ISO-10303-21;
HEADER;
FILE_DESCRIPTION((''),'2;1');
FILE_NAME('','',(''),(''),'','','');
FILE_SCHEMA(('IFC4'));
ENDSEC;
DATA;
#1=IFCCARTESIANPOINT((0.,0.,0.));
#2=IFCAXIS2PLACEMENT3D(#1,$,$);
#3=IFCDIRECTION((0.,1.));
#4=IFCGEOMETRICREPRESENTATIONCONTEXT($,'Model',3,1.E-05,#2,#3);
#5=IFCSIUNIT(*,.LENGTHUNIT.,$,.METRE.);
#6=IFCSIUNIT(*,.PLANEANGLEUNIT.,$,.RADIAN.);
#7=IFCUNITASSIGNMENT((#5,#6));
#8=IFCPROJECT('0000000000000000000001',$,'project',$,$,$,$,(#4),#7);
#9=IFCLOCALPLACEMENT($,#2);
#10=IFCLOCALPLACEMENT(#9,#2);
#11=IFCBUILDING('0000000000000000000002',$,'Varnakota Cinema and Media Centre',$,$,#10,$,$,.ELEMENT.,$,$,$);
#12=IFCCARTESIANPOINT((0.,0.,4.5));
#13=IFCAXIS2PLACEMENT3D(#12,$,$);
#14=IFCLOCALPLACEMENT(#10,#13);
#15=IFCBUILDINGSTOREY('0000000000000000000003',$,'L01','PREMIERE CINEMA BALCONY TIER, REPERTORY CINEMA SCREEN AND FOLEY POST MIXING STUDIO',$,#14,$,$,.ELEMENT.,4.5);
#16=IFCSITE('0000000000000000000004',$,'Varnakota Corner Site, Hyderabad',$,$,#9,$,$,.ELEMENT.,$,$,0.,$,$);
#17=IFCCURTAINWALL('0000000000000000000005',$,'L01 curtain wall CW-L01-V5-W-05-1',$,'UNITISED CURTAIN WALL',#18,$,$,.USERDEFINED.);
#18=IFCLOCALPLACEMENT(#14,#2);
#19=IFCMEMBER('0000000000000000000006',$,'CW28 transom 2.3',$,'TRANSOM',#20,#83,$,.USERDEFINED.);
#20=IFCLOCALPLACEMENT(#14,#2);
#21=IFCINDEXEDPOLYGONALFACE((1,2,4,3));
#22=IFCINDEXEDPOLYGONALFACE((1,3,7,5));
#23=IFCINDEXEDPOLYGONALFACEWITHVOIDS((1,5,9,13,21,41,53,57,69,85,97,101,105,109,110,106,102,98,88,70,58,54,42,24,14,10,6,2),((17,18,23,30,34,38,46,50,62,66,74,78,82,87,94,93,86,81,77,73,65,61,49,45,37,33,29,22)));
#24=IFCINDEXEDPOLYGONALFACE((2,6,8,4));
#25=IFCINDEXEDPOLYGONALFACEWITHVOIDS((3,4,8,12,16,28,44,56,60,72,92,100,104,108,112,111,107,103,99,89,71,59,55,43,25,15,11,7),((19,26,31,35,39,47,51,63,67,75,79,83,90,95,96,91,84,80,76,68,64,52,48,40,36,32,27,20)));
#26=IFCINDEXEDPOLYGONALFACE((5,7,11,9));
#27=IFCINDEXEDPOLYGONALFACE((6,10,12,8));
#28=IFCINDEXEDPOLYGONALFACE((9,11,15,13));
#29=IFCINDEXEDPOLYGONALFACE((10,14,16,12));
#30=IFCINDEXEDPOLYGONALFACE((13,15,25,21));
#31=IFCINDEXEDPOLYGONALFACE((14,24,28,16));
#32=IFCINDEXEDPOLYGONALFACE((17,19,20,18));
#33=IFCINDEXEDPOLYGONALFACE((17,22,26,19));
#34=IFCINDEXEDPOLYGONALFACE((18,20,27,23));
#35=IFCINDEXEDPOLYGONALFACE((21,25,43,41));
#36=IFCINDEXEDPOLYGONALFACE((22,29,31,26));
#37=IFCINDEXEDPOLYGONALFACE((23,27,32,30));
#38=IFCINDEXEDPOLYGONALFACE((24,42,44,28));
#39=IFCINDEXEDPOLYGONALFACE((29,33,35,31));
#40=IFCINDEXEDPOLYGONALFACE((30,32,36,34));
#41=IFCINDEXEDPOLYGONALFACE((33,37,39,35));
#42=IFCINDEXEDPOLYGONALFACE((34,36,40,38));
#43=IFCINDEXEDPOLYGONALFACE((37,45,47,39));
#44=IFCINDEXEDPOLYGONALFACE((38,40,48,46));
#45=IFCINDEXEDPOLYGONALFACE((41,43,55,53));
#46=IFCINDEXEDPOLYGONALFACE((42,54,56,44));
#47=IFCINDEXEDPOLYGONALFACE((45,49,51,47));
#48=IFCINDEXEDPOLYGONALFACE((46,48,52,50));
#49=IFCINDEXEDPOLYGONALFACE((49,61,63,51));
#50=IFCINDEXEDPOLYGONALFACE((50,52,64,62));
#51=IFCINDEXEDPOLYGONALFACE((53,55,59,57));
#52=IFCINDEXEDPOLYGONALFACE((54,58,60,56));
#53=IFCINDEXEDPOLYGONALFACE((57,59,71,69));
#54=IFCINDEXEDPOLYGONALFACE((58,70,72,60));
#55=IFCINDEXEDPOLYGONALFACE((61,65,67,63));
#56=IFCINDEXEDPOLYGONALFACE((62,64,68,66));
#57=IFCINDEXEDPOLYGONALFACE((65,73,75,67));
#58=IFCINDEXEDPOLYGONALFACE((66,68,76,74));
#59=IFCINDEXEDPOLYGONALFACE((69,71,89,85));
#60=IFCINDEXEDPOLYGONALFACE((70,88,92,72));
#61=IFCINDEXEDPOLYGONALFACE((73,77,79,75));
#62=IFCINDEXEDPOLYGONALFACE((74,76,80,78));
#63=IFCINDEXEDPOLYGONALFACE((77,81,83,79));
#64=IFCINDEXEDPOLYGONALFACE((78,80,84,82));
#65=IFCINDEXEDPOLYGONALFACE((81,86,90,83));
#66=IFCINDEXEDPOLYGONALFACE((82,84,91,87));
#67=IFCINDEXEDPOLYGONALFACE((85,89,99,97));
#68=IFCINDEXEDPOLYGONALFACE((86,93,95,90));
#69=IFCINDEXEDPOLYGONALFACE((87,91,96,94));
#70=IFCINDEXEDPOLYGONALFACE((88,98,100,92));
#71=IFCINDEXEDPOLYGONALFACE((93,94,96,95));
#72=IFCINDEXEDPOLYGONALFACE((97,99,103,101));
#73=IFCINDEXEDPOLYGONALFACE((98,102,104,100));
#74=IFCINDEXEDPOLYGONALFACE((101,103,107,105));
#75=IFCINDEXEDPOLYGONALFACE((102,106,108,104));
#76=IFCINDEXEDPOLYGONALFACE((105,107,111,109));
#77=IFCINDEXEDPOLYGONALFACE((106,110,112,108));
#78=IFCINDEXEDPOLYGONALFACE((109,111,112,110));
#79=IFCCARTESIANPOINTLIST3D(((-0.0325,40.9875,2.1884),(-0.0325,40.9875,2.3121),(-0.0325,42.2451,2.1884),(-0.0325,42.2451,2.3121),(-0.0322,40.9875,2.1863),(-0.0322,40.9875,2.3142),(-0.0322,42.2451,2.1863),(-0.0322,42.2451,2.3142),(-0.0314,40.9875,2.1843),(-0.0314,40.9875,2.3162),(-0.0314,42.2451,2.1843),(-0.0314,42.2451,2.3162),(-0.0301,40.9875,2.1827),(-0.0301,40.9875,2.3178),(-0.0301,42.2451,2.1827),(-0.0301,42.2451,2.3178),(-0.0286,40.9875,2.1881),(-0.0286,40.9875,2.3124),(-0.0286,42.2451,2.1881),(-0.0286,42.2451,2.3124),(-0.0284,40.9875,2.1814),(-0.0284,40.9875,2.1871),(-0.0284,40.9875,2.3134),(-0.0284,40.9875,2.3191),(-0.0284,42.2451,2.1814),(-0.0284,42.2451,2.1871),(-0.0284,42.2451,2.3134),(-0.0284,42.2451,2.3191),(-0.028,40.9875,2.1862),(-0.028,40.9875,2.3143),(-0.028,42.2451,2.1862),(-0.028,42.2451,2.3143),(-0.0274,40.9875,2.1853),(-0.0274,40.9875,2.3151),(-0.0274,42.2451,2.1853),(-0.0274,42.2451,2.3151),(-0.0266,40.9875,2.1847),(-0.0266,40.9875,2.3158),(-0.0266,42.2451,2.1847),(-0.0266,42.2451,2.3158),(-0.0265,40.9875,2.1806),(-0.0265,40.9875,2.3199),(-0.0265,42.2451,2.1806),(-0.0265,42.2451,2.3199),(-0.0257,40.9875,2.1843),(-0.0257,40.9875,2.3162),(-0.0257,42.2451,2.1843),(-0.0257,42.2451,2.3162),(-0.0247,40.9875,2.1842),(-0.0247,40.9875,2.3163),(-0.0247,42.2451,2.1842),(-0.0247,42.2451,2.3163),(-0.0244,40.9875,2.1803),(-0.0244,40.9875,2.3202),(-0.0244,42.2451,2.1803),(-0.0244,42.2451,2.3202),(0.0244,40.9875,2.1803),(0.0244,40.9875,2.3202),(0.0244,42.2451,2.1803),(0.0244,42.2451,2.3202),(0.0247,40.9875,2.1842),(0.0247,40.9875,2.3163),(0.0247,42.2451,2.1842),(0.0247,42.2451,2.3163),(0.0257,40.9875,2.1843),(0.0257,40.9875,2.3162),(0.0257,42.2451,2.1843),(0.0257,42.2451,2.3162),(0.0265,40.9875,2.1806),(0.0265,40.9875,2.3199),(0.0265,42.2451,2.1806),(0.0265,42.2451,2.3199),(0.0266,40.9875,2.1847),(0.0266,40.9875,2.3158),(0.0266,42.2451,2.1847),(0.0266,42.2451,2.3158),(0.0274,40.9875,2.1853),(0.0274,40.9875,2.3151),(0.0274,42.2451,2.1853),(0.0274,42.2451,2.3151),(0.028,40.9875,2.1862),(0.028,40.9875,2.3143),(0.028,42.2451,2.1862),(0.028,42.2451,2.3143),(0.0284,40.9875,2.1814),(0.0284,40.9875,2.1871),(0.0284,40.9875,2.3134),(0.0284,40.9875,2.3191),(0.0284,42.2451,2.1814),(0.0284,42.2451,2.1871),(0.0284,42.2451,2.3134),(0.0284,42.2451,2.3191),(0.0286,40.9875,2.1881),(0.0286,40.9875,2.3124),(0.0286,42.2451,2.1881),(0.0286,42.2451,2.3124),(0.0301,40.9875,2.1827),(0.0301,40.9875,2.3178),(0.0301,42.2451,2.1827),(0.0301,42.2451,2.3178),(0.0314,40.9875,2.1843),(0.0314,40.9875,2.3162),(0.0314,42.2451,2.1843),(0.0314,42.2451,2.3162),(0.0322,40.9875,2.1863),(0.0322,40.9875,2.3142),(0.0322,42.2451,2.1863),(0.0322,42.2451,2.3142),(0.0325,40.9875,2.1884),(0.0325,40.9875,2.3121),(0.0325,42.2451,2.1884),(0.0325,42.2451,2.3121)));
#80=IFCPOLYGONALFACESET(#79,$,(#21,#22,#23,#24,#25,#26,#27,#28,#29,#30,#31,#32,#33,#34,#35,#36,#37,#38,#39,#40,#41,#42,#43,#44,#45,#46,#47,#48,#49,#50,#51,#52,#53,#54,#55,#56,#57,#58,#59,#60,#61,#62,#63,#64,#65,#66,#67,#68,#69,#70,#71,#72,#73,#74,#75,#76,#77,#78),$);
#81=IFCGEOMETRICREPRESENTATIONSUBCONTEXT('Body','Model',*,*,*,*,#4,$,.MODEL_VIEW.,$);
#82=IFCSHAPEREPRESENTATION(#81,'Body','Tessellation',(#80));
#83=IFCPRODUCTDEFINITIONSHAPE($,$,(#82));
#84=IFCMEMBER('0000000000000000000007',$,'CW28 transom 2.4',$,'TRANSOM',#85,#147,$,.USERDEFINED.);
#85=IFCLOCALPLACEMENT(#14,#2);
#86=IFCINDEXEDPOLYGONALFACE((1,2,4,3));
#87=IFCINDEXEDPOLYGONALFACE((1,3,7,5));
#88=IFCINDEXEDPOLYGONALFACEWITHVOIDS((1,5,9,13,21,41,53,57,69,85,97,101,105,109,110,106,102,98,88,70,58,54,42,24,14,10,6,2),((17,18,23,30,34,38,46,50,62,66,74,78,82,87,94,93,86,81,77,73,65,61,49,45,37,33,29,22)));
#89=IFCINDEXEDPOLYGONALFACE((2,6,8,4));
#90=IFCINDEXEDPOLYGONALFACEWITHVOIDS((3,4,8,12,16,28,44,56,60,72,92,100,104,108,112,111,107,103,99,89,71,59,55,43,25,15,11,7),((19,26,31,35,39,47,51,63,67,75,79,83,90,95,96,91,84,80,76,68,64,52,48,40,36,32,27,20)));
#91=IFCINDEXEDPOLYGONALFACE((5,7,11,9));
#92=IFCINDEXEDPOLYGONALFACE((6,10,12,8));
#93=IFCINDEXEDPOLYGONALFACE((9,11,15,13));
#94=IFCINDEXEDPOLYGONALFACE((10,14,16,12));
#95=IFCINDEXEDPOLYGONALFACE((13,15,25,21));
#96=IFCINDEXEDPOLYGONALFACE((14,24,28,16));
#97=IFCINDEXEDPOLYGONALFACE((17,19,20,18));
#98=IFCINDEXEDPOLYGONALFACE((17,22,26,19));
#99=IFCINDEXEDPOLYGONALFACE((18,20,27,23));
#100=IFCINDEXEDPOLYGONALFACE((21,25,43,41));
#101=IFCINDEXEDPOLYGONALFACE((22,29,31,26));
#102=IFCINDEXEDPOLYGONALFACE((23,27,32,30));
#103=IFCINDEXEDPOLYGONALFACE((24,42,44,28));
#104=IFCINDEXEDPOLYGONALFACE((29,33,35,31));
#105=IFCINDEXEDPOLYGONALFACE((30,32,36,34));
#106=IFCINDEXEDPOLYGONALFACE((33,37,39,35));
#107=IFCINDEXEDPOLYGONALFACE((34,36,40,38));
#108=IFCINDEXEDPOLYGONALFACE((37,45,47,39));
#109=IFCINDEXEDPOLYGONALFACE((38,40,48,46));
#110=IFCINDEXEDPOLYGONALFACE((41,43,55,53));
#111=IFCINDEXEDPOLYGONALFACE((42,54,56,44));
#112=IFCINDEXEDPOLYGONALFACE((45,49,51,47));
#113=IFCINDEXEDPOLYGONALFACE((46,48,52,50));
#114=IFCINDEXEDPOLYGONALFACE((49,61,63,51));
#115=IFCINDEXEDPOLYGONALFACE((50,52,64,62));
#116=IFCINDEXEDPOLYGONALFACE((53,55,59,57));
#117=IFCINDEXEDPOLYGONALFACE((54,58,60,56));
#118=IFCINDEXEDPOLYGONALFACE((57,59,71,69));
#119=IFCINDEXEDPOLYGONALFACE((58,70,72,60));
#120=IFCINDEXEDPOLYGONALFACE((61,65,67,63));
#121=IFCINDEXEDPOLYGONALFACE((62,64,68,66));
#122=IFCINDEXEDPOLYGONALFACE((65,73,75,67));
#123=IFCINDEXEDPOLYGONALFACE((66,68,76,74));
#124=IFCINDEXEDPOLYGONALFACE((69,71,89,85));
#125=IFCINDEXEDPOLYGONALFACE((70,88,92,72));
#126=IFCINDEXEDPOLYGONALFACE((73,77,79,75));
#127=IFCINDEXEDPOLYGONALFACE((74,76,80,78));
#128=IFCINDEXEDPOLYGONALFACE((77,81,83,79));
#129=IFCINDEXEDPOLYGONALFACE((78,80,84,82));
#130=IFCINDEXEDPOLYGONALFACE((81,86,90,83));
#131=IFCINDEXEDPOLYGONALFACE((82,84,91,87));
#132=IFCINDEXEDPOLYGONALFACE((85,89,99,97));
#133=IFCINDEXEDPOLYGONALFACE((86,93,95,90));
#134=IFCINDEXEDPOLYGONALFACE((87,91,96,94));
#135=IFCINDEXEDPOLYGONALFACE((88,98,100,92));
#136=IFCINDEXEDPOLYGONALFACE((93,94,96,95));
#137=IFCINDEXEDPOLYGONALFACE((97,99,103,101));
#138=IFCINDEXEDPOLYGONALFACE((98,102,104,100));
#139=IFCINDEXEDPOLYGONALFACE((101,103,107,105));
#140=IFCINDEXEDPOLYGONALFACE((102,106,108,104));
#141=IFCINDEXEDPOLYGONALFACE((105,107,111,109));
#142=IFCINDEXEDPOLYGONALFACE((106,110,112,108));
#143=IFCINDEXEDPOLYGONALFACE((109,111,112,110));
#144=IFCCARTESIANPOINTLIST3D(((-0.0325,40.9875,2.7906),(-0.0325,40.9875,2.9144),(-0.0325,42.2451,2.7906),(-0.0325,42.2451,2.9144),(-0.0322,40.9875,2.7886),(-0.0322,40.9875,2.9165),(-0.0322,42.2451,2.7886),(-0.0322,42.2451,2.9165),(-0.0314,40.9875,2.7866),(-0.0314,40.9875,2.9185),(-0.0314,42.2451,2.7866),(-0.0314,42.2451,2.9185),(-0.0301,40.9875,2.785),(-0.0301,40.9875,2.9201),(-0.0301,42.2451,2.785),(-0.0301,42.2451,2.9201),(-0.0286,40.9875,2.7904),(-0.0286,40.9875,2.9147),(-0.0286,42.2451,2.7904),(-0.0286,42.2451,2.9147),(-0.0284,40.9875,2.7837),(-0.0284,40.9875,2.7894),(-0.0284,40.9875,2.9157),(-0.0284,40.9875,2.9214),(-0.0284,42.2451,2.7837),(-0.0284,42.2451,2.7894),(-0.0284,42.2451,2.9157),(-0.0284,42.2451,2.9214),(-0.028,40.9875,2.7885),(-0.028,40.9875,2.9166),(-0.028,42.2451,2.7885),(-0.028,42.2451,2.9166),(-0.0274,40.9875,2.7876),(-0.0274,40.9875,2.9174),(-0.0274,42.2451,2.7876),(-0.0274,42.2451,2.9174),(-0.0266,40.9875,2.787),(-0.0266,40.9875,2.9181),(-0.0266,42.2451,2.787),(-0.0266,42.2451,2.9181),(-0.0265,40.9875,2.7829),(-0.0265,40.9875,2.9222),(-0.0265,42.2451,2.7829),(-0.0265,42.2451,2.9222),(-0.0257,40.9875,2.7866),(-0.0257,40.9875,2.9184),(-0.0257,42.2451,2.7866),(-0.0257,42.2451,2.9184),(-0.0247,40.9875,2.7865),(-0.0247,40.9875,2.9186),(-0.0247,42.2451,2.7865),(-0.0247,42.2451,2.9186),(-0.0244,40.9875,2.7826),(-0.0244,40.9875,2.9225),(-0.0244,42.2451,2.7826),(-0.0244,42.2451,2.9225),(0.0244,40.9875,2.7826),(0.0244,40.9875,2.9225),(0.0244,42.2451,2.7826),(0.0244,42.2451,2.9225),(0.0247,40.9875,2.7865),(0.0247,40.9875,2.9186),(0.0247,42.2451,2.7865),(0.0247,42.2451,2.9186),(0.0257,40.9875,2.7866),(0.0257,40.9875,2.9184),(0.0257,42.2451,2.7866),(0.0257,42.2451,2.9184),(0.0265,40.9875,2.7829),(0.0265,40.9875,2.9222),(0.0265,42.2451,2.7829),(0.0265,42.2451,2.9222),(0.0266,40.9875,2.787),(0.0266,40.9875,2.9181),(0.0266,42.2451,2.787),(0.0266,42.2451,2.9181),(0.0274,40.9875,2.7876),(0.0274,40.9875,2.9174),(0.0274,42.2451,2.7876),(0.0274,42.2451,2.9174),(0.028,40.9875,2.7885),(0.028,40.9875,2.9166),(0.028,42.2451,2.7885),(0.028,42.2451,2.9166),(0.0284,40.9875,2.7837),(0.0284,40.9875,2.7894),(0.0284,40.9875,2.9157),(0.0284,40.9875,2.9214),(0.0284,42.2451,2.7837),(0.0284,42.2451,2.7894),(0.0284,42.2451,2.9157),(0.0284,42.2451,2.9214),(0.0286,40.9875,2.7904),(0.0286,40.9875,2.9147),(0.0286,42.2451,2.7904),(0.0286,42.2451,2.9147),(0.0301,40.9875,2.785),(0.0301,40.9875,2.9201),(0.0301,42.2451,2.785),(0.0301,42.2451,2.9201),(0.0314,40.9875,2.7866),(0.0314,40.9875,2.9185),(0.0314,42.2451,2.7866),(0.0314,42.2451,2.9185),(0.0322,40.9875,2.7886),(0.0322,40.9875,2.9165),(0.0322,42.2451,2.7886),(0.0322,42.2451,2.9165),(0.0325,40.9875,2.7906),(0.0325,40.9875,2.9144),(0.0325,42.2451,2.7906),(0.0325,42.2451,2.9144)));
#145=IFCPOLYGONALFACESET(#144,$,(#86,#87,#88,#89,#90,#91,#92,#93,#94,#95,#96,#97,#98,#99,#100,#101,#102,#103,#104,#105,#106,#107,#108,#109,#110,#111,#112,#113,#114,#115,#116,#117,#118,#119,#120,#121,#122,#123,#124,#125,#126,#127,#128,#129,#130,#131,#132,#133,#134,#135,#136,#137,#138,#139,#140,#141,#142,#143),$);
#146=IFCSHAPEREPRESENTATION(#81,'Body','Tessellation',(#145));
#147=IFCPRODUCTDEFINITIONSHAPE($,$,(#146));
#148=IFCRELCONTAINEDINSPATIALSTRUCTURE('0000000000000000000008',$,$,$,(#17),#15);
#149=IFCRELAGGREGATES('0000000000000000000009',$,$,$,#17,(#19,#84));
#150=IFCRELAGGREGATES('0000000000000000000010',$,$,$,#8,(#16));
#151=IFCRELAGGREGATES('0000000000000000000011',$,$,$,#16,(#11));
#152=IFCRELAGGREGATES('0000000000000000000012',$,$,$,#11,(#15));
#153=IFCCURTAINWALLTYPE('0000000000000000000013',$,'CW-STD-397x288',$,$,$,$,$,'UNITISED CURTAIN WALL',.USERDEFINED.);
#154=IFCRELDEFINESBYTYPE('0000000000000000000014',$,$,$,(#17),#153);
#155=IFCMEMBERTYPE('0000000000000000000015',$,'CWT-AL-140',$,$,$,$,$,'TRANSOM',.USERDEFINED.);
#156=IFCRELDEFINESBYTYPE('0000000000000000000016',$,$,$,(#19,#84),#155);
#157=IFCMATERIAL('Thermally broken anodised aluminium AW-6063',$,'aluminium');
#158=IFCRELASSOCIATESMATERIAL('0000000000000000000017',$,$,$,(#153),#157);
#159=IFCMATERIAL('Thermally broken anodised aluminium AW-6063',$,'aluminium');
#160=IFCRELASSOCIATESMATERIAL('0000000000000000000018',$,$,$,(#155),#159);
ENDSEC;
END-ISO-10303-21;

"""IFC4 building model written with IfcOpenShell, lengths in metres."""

from ifc_helpers import new_model, si_unit, direction, frame, origin, origin_2d, place, context, subcontext, project, spatial, hollow_rectangle, extrude, material, material_profile, profile_set, type_object, element, aggregate, save


model = new_model("IFC4")

# Units and contexts
model_context = context("Model", 3, precision=1e-05, world=origin(), true_north=direction((0.0, 1.0)))
body_context = subcontext(model_context, "Body", "Model", "MODEL_VIEW")
ifc_project = project(units=[si_unit("LENGTHUNIT", "METRE"), si_unit("PLANEANGLEUNIT", "RADIAN")], contexts=[model_context])

# Site, building, storey
site_placement = place(None, origin())
site = spatial("IfcSite", under=ifc_project, at=site_placement, Name="Varnakota Corner Site, Hyderabad", CompositionType="ELEMENT", RefElevation=0.0)
building_placement = place(site_placement, origin())
building = spatial("IfcBuilding", under=site, at=building_placement, Name="Varnakota Cinema and Media Centre", CompositionType="ELEMENT")
storey_placement = place(building_placement, frame((0.0, 0.0, 4.5)))
storey = spatial("IfcBuildingStorey", under=building, at=storey_placement, Name="L01", Description="PREMIERE CINEMA BALCONY TIER, REPERTORY CINEMA SCREEN AND FOLEY POST MIXING STUDIO", CompositionType="ELEMENT", Elevation=4.5)

# Curtain wall, members
ifc_material_1 = material(Name="Thermally broken anodised aluminium AW-6063", Category="aluminium")
curtain_wall_type = type_object("IfcCurtainWallType", Name="CW-STD-397x288", ElementType="UNITISED CURTAIN WALL", PredefinedType="USERDEFINED", material=ifc_material_1)
curtain_wall_placement = place(storey_placement, origin())
curtain_wall = element("IfcCurtainWall", 1, at=curtain_wall_placement, inside=storey, type_object=curtain_wall_type, Name="L01 curtain wall CW-L01-V5-W-05-1", ObjectType="UNITISED CURTAIN WALL", PredefinedType="USERDEFINED")
ifc_material_2 = material(Name="Thermally broken anodised aluminium AW-6063", Category="aluminium")
ifc_material_profile_1 = material_profile(ifc_material_2, hollow_rectangle(XDim=0.0649, YDim=0.1399, WallThickness=0.0039, InnerFilletRadius=0.0039, OuterFilletRadius=0.0081, at=origin_2d()), Name="AL-TRANSOM 140x65x4")
ifc_profile_set_1 = profile_set([ifc_material_profile_1], Name="Thermally broken anodised aluminium AW-6063")
member_type_1 = type_object("IfcMemberType", Name="CWT-AL-140", ElementType="TRANSOM", PredefinedType="USERDEFINED", material=ifc_profile_set_1)
member_1_placement = place(storey_placement, frame((0.0, 42.2451, 2.2502), z_axis=(0.0, -1.0, 0.0), x_axis=(1.0, 0.0, 0.0)))
member_1 = element("IfcMember", 2, at=member_1_placement, type_object=member_type_1, Name="CW28 transom 2.3", ObjectType="TRANSOM", PredefinedType="USERDEFINED", context=body_context, shape_type="SweptSolid", body=[
    extrude(hollow_rectangle(XDim=0.0649, YDim=0.1399, WallThickness=0.0039, InnerFilletRadius=0.0039, OuterFilletRadius=0.0081, at=origin_2d()), origin(), (0.0, 0.0, 1.0), 1.2576),
])
member_2_placement = place(storey_placement, frame((0.0, 42.2451, 2.8525), z_axis=(0.0, -1.0, 0.0), x_axis=(1.0, 0.0, 0.0)))
member_2 = element("IfcMember", 3, at=member_2_placement, type_object=member_type_1, Name="CW28 transom 2.4", ObjectType="TRANSOM", PredefinedType="USERDEFINED", context=body_context, shape_type="SweptSolid", body=[
    extrude(hollow_rectangle(XDim=0.0649, YDim=0.1399, WallThickness=0.0039, InnerFilletRadius=0.0039, OuterFilletRadius=0.0081, at=origin_2d()), origin(), (0.0, 0.0, 1.0), 1.2576),
])
aggregate(curtain_wall, [member_1, member_2])

save(model, "model.ifc")
